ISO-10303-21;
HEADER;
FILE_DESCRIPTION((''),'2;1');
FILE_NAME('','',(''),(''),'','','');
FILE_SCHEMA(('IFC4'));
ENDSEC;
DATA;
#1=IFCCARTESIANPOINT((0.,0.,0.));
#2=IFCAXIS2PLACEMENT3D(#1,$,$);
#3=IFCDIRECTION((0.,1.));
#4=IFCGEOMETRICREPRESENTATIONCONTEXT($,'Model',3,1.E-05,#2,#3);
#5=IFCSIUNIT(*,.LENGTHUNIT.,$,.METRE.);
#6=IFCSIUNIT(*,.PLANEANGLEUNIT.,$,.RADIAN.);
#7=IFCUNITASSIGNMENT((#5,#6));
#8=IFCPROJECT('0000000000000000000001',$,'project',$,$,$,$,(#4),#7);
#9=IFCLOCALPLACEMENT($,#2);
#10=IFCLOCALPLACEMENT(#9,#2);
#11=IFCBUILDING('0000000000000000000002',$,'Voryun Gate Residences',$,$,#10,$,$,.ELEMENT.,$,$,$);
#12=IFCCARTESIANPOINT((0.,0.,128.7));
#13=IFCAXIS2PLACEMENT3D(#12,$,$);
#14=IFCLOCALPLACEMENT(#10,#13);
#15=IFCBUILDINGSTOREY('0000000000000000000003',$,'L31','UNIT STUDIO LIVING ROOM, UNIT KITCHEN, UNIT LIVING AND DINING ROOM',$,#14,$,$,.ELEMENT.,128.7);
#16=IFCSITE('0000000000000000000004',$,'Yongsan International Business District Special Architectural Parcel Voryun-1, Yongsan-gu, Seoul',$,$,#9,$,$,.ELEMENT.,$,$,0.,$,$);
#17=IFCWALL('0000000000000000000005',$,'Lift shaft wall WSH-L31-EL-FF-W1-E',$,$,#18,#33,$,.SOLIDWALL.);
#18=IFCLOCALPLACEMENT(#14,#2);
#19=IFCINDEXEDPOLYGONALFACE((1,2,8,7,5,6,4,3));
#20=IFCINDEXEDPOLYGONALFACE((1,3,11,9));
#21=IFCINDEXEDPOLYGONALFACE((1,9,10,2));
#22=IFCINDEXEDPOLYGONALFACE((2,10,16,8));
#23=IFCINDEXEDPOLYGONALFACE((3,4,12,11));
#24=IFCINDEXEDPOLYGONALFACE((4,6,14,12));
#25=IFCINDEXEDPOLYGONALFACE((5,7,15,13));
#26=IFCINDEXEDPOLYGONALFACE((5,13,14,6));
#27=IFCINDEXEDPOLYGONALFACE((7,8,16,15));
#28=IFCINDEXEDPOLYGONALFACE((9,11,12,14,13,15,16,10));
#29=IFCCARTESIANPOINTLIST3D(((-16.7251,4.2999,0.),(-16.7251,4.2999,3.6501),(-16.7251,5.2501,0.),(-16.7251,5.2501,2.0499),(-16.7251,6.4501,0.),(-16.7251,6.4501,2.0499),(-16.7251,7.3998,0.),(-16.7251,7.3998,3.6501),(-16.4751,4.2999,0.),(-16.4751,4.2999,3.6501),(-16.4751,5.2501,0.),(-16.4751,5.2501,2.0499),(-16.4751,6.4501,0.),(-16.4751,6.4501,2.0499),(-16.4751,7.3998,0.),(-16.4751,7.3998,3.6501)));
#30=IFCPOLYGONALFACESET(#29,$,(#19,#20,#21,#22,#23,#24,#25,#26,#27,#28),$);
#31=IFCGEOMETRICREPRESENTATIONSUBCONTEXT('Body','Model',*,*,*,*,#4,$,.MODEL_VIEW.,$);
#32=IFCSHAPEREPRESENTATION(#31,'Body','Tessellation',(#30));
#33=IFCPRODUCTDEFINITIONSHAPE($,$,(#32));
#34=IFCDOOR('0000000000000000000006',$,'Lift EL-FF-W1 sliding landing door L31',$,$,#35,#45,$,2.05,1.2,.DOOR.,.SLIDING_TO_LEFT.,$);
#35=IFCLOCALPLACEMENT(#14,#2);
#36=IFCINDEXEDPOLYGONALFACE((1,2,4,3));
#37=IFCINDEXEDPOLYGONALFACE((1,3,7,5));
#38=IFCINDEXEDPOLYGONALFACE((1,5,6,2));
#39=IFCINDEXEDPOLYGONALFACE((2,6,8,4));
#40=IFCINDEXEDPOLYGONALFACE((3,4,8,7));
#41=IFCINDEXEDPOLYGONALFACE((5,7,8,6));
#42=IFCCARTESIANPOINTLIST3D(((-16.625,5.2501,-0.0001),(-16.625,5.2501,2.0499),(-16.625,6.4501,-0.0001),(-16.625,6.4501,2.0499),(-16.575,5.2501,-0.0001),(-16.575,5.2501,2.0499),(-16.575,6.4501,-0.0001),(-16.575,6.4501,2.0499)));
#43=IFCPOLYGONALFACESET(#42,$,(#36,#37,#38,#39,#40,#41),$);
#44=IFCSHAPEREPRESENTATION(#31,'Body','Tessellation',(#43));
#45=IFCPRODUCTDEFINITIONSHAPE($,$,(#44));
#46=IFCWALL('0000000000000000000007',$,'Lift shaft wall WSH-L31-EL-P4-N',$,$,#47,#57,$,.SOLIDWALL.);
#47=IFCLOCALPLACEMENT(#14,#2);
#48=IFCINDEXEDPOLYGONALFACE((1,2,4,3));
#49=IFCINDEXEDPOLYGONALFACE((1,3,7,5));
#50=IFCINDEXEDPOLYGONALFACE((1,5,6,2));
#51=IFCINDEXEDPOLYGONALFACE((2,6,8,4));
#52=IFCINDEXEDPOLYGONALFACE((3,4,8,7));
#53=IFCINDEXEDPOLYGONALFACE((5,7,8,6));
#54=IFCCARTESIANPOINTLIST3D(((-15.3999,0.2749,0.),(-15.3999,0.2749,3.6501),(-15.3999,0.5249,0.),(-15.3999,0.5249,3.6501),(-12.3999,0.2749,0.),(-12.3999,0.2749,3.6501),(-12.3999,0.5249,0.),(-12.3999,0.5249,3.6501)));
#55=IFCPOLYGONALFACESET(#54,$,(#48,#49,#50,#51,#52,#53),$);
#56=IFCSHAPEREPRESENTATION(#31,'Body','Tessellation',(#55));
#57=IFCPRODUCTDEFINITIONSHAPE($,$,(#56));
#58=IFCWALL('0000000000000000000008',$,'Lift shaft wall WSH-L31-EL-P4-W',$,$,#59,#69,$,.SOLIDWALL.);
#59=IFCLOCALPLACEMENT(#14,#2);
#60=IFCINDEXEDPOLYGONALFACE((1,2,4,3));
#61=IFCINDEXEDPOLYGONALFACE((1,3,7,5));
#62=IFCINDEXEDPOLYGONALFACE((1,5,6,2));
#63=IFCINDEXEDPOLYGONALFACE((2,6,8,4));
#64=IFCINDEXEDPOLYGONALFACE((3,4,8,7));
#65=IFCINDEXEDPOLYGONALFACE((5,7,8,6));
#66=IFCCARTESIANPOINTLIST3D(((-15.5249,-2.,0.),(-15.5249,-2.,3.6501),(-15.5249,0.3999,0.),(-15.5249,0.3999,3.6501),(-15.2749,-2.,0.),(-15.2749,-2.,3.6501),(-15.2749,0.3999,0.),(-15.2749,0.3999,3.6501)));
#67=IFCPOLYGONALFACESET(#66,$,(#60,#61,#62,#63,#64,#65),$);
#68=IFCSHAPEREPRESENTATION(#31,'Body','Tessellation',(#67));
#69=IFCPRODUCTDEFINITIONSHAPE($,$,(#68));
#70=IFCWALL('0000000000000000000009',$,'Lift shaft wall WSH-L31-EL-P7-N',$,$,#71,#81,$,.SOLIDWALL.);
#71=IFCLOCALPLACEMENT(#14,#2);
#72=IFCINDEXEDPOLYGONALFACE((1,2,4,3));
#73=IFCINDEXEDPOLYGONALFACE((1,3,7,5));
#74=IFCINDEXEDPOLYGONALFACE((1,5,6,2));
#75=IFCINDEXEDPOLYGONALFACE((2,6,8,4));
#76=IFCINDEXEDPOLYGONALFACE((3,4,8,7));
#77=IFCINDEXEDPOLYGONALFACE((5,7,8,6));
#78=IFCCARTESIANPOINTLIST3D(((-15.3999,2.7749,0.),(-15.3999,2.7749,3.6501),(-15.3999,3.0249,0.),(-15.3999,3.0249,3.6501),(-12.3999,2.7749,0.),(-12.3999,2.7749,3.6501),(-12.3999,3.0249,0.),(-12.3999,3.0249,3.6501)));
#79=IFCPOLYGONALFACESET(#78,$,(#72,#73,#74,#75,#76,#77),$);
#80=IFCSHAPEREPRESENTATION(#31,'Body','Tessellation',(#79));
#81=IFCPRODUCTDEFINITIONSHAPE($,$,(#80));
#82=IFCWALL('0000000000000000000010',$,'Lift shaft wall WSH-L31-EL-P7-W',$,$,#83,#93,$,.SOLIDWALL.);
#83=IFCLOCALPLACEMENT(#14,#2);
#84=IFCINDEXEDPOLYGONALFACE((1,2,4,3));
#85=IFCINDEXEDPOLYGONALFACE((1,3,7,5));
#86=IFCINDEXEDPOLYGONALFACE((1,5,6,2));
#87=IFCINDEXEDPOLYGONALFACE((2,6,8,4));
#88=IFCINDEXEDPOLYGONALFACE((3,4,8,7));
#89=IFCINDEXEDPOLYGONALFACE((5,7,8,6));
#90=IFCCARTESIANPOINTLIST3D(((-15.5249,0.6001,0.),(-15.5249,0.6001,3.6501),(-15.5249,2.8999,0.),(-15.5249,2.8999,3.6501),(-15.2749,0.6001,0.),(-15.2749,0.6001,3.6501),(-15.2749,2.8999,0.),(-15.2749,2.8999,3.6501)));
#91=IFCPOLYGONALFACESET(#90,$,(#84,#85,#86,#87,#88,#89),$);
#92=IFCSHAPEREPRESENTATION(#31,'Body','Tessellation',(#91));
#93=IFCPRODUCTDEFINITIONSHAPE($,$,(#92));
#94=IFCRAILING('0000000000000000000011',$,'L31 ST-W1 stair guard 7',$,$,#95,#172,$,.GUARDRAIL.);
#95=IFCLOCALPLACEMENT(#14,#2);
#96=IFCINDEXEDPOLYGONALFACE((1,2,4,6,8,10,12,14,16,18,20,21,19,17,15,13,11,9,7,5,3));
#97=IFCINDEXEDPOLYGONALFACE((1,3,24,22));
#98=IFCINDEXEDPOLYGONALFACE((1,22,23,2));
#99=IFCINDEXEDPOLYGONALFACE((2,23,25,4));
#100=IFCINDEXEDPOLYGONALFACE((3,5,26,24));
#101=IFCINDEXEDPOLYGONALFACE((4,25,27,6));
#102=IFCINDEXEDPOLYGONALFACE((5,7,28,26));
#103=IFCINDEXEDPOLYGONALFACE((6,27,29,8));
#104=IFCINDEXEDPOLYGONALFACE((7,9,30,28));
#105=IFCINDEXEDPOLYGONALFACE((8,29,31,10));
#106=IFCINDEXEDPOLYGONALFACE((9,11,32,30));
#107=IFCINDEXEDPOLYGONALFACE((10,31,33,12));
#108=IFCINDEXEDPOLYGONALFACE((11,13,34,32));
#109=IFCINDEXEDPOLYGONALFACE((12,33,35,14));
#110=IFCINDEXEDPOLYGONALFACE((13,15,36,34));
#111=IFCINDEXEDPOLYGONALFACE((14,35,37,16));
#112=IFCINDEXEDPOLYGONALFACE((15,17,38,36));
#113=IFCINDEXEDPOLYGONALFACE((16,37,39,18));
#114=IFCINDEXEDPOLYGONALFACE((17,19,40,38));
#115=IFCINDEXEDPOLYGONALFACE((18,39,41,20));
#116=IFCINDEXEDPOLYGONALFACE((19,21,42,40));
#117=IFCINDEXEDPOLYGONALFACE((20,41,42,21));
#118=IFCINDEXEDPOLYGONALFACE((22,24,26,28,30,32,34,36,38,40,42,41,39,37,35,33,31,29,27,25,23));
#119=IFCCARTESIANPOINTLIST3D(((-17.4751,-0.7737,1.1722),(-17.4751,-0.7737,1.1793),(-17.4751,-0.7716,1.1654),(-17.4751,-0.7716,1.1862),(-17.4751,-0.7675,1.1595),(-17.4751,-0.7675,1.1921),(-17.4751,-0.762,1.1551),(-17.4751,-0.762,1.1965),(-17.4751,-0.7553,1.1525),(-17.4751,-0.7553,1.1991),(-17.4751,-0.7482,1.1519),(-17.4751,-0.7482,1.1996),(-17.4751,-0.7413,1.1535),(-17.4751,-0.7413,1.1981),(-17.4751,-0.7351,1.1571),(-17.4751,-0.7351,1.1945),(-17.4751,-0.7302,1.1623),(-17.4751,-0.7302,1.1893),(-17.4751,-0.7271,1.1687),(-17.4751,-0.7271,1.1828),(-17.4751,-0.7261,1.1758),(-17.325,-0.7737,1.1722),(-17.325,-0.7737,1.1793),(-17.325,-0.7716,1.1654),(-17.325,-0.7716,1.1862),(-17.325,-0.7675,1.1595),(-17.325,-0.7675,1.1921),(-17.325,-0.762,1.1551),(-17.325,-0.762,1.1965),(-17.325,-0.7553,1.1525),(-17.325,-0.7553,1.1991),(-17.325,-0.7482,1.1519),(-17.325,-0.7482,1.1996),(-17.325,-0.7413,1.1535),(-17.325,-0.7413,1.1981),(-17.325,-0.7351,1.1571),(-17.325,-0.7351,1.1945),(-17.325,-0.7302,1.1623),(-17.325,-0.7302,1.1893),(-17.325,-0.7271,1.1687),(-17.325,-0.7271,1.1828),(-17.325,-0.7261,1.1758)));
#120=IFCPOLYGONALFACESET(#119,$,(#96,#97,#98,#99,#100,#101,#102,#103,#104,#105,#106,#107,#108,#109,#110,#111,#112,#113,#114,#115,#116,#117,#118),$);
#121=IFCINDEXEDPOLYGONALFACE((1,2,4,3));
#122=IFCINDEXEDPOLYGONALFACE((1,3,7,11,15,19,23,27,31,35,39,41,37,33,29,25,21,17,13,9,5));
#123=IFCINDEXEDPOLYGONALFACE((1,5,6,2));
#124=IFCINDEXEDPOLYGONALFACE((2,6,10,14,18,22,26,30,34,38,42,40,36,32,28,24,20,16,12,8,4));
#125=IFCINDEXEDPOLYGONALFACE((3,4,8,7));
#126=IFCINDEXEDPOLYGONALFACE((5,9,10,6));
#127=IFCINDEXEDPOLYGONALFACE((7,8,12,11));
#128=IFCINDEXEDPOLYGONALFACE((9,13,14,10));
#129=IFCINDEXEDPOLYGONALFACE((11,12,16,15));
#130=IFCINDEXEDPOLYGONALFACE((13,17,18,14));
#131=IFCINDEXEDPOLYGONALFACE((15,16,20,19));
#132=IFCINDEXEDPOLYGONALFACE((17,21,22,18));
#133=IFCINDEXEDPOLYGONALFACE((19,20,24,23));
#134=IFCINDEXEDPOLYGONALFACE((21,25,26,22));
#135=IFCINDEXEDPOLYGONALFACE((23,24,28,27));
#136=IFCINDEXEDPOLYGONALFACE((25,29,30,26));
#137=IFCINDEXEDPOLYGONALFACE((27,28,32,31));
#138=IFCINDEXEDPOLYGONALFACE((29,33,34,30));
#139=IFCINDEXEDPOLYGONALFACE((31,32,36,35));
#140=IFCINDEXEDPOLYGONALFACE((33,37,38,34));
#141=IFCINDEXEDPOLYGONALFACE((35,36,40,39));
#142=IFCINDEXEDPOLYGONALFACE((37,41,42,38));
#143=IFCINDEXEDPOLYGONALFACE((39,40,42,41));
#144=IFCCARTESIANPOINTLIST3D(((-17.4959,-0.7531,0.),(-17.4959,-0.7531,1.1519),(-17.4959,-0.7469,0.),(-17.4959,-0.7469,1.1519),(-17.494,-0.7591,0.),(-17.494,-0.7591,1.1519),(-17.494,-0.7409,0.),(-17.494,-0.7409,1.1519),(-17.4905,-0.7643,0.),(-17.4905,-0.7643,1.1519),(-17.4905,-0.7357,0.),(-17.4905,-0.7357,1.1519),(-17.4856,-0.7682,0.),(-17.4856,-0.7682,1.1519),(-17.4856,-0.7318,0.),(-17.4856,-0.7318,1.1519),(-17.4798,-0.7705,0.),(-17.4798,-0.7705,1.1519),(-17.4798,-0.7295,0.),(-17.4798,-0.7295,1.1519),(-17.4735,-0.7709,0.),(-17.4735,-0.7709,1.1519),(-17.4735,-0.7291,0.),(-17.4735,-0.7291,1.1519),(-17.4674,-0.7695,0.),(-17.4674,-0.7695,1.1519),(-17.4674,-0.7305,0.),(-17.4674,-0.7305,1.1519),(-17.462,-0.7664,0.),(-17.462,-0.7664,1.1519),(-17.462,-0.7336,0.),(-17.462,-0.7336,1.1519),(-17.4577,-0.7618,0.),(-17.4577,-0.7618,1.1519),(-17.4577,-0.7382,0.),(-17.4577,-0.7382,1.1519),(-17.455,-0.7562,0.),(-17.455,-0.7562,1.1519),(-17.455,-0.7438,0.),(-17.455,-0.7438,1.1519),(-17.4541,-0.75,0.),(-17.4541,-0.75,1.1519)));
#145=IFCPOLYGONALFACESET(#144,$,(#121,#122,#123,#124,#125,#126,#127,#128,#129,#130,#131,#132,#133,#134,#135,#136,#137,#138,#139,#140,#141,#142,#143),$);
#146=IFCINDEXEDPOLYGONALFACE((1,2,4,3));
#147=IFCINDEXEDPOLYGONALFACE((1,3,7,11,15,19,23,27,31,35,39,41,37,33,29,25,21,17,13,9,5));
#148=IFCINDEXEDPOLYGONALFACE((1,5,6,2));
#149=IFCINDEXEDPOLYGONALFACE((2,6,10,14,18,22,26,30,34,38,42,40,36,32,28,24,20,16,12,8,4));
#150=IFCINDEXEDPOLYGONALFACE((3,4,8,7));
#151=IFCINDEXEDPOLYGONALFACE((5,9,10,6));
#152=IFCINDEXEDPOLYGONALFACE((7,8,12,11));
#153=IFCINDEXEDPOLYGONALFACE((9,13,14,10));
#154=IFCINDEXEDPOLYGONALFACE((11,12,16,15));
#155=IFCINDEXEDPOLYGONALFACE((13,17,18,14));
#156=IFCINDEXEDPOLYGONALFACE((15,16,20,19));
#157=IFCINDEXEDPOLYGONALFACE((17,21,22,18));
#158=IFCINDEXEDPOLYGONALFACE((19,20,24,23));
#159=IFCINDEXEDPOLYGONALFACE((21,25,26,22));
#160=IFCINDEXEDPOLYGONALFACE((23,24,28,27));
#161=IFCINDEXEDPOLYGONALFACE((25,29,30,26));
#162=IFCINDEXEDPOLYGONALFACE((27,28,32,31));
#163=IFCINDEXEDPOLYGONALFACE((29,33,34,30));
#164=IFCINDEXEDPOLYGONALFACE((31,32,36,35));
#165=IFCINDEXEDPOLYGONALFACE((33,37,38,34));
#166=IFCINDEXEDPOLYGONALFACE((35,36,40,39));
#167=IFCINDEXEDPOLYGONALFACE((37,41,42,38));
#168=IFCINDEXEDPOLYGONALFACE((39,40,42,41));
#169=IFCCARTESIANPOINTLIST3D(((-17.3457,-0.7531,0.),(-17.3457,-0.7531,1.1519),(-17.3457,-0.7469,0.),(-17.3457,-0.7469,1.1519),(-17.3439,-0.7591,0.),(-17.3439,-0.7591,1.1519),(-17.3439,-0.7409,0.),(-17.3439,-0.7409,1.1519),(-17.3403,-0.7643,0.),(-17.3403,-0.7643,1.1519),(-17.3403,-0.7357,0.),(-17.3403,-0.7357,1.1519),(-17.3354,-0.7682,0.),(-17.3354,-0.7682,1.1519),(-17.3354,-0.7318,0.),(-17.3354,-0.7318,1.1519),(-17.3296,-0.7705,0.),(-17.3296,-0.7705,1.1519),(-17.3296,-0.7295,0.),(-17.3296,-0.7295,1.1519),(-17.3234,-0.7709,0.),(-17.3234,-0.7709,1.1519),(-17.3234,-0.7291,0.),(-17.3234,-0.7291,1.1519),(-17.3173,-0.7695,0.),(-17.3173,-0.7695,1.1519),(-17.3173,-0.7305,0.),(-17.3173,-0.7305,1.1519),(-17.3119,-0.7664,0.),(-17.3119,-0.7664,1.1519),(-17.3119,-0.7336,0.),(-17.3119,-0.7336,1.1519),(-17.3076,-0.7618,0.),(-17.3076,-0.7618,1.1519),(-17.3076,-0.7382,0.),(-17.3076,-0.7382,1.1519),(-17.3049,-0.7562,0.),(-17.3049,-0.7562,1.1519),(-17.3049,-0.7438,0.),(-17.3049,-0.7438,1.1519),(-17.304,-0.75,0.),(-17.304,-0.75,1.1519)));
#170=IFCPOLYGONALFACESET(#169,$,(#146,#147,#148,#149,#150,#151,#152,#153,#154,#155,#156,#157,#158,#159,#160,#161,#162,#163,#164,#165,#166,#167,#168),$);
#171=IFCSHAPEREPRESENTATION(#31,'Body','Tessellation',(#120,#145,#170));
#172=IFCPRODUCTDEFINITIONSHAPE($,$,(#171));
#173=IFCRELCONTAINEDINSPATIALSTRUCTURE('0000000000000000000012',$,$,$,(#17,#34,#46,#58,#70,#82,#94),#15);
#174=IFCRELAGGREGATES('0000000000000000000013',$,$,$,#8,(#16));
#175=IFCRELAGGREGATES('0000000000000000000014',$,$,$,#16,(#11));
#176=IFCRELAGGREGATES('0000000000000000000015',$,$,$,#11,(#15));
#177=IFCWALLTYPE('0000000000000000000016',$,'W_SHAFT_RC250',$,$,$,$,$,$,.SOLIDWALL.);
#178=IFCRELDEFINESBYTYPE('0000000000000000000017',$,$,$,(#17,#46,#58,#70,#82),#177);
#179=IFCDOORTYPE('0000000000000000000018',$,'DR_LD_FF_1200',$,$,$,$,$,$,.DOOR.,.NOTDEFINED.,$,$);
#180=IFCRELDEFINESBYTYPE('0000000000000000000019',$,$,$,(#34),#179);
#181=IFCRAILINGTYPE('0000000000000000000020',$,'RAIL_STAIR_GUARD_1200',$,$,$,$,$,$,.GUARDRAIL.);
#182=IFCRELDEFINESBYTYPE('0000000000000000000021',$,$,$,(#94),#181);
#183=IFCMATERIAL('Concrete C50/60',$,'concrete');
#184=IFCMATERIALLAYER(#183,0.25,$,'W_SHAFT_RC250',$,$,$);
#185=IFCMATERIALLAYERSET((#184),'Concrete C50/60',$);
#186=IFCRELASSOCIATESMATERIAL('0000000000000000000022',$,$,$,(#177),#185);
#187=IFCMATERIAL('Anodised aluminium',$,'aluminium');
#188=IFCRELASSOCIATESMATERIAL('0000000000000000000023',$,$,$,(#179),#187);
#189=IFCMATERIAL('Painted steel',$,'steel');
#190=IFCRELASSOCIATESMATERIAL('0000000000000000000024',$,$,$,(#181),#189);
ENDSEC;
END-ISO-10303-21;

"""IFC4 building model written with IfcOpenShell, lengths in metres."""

from ifc_helpers import new_model, si_unit, direction, frame, frame_2d, origin, origin_2d, place, context, subcontext, project, spatial, rectangle, circle, extrude, material, layer, layer_set, type_object, element, fill, save


model = new_model("IFC4")

# Units and contexts
model_context = context("Model", 3, precision=1e-05, world=origin(), true_north=direction((0.0, 1.0)))
body_context = subcontext(model_context, "Body", "Model", "MODEL_VIEW")
ifc_project = project(units=[si_unit("LENGTHUNIT", "METRE"), si_unit("PLANEANGLEUNIT", "RADIAN")], contexts=[model_context])

# Site, building, storey
site_placement = place(None, origin())
site = spatial("IfcSite", under=ifc_project, at=site_placement, Name="Yongsan International Business District Special Architectural Parcel Voryun-1, Yongsan-gu, Seoul", CompositionType="ELEMENT", RefElevation=0.0)
building_placement = place(site_placement, origin())
building = spatial("IfcBuilding", under=site, at=building_placement, Name="Voryun Gate Residences", CompositionType="ELEMENT")
storey_placement = place(building_placement, frame((0.0, 0.0, 128.7)))
storey = spatial("IfcBuildingStorey", under=building, at=storey_placement, Name="L31", Description="UNIT STUDIO LIVING ROOM, UNIT KITCHEN, UNIT LIVING AND DINING ROOM", CompositionType="ELEMENT", Elevation=128.7)

# Wall, opening, door
ifc_material_1 = material(Name="Concrete C50/60", Category="concrete")
ifc_layer_1 = layer(ifc_material_1, 0.25, Name="W_SHAFT_RC250")
ifc_layer_set_1 = layer_set([ifc_layer_1], Name="Concrete C50/60")
wall_type_1 = type_object("IfcWallType", Name="W_SHAFT_RC250", PredefinedType="SOLIDWALL", material=ifc_layer_set_1)
wall_1_placement = place(storey_placement, frame((-16.6001, 4.3, 0.0), z_axis=(0.0, 0.0, 1.0), x_axis=(0.0, 1.0, 0.0)))
wall_1 = element("IfcWall", 1, at=wall_1_placement, inside=storey, type_object=wall_type_1, Name="Lift shaft wall WSH-L31-EL-FF-W1-E", PredefinedType="SOLIDWALL", context=body_context, shape_type="SweptSolid", body=[
    extrude(rectangle(XDim=3.0999, YDim=0.25, at=frame_2d((1.5498, 0.0))), origin(), (0.0, 0.0, 1.0), 3.6501),
])
opening_1_placement = place(wall_1_placement, frame((0.95, 0.0, 0.0)))
opening_1 = element("IfcOpeningElement", 2, at=opening_1_placement, cuts=wall_1, PredefinedType="OPENING", context=body_context, shape_type="SweptSolid", body=[
    extrude(rectangle(XDim=1.2, YDim=2.05, at=frame_2d((0.6001, 1.0249))), frame((0.0, 0.135, 0.0), z_axis=(0.0, -1.0, 0.0), x_axis=(1.0, 0.0, 0.0)), (0.0, 0.0, 1.0), 0.27),
])
ifc_material_2 = material(Name="Anodised aluminium", Category="aluminium")
door_type_1 = type_object("IfcDoorType", Name="DR_LD_FF_1200", OperationType="NOTDEFINED", PredefinedType="DOOR", material=ifc_material_2)
door_1_placement = place(opening_1_placement, origin())
door_1 = element("IfcDoor", 3, at=door_1_placement, inside=storey, type_object=door_type_1, Name="Lift EL-FF-W1 sliding landing door L31", OperationType="SLIDING_TO_LEFT", OverallHeight=2.05, OverallWidth=1.2, PredefinedType="DOOR", context=body_context, shape_type="SweptSolid", body=[
    extrude(rectangle(XDim=1.2, YDim=2.05, at=frame_2d((0.6001, 1.0249))), frame((0.0, 0.0249, 0.0), z_axis=(0.0, -1.0, 0.0), x_axis=(1.0, 0.0, 0.0)), (0.0, 0.0, 1.0), 0.05),
])
fill(opening_1, door_1)

# Walls
wall_2_placement = place(storey_placement, frame((-12.3999, 0.3999, 0.0), z_axis=(0.0, 0.0, 1.0), x_axis=(-1.0, 0.0, 0.0)))
element("IfcWall", 4, at=wall_2_placement, inside=storey, type_object=wall_type_1, Name="Lift shaft wall WSH-L31-EL-P4-N", PredefinedType="SOLIDWALL", context=body_context, shape_type="SweptSolid", body=[
    extrude(rectangle(XDim=3.0, YDim=0.25, at=frame_2d((1.5, 0.0))), origin(), (0.0, 0.0, 1.0), 3.6501),
])
wall_3_placement = place(storey_placement, frame((-15.3999, 0.3999, 0.0), z_axis=(0.0, 0.0, 1.0), x_axis=(0.0, -1.0, 0.0)))
element("IfcWall", 5, at=wall_3_placement, inside=storey, type_object=wall_type_1, Name="Lift shaft wall WSH-L31-EL-P4-W", PredefinedType="SOLIDWALL", context=body_context, shape_type="SweptSolid", body=[
    extrude(rectangle(XDim=2.3999, YDim=0.25, at=frame_2d((1.2, 0.0))), origin(), (0.0, 0.0, 1.0), 3.6501),
])
wall_4_placement = place(storey_placement, frame((-12.3999, 2.8999, 0.0), z_axis=(0.0, 0.0, 1.0), x_axis=(-1.0, 0.0, 0.0)))
element("IfcWall", 6, at=wall_4_placement, inside=storey, type_object=wall_type_1, Name="Lift shaft wall WSH-L31-EL-P7-N", PredefinedType="SOLIDWALL", context=body_context, shape_type="SweptSolid", body=[
    extrude(rectangle(XDim=3.0, YDim=0.25, at=frame_2d((1.5, 0.0))), origin(), (0.0, 0.0, 1.0), 3.6501),
])
wall_5_placement = place(storey_placement, frame((-15.3999, 2.8999, 0.0), z_axis=(0.0, 0.0, 1.0), x_axis=(0.0, -1.0, 0.0)))
element("IfcWall", 7, at=wall_5_placement, inside=storey, type_object=wall_type_1, Name="Lift shaft wall WSH-L31-EL-P7-W", PredefinedType="SOLIDWALL", context=body_context, shape_type="SweptSolid", body=[
    extrude(rectangle(XDim=2.2998, YDim=0.25, at=frame_2d((1.1499, 0.0))), origin(), (0.0, 0.0, 1.0), 3.6501),
])

# Railing
ifc_material_3 = material(Name="Painted steel", Category="steel")
railing_type = type_object("IfcRailingType", Name="RAIL_STAIR_GUARD_1200", PredefinedType="GUARDRAIL", material=ifc_material_3)
railing_1_placement = place(storey_placement, frame((-17.4751, -0.75, 0.0)))
element("IfcRailing", 8, at=railing_1_placement, inside=storey, type_object=railing_type, Name="L31 ST-W1 stair guard 7", PredefinedType="GUARDRAIL", context=body_context, shape_type="SweptSolid", body=[
    extrude(circle(Radius=0.0239, at=origin_2d()), frame((0.0, 0.0, 1.1758), z_axis=(1.0, 0.0, 0.0), x_axis=(0.0, 1.0, 0.0)), (0.0, 0.0, 1.0), 0.1501),
    extrude(circle(Radius=0.021, at=origin_2d()), origin(), (0.0, 0.0, 1.0), 1.1519),
    extrude(circle(Radius=0.021, at=origin_2d()), frame((0.1501, 0.0, 0.0)), (0.0, 0.0, 1.0), 1.1519),
])

save(model, "model.ifc")
